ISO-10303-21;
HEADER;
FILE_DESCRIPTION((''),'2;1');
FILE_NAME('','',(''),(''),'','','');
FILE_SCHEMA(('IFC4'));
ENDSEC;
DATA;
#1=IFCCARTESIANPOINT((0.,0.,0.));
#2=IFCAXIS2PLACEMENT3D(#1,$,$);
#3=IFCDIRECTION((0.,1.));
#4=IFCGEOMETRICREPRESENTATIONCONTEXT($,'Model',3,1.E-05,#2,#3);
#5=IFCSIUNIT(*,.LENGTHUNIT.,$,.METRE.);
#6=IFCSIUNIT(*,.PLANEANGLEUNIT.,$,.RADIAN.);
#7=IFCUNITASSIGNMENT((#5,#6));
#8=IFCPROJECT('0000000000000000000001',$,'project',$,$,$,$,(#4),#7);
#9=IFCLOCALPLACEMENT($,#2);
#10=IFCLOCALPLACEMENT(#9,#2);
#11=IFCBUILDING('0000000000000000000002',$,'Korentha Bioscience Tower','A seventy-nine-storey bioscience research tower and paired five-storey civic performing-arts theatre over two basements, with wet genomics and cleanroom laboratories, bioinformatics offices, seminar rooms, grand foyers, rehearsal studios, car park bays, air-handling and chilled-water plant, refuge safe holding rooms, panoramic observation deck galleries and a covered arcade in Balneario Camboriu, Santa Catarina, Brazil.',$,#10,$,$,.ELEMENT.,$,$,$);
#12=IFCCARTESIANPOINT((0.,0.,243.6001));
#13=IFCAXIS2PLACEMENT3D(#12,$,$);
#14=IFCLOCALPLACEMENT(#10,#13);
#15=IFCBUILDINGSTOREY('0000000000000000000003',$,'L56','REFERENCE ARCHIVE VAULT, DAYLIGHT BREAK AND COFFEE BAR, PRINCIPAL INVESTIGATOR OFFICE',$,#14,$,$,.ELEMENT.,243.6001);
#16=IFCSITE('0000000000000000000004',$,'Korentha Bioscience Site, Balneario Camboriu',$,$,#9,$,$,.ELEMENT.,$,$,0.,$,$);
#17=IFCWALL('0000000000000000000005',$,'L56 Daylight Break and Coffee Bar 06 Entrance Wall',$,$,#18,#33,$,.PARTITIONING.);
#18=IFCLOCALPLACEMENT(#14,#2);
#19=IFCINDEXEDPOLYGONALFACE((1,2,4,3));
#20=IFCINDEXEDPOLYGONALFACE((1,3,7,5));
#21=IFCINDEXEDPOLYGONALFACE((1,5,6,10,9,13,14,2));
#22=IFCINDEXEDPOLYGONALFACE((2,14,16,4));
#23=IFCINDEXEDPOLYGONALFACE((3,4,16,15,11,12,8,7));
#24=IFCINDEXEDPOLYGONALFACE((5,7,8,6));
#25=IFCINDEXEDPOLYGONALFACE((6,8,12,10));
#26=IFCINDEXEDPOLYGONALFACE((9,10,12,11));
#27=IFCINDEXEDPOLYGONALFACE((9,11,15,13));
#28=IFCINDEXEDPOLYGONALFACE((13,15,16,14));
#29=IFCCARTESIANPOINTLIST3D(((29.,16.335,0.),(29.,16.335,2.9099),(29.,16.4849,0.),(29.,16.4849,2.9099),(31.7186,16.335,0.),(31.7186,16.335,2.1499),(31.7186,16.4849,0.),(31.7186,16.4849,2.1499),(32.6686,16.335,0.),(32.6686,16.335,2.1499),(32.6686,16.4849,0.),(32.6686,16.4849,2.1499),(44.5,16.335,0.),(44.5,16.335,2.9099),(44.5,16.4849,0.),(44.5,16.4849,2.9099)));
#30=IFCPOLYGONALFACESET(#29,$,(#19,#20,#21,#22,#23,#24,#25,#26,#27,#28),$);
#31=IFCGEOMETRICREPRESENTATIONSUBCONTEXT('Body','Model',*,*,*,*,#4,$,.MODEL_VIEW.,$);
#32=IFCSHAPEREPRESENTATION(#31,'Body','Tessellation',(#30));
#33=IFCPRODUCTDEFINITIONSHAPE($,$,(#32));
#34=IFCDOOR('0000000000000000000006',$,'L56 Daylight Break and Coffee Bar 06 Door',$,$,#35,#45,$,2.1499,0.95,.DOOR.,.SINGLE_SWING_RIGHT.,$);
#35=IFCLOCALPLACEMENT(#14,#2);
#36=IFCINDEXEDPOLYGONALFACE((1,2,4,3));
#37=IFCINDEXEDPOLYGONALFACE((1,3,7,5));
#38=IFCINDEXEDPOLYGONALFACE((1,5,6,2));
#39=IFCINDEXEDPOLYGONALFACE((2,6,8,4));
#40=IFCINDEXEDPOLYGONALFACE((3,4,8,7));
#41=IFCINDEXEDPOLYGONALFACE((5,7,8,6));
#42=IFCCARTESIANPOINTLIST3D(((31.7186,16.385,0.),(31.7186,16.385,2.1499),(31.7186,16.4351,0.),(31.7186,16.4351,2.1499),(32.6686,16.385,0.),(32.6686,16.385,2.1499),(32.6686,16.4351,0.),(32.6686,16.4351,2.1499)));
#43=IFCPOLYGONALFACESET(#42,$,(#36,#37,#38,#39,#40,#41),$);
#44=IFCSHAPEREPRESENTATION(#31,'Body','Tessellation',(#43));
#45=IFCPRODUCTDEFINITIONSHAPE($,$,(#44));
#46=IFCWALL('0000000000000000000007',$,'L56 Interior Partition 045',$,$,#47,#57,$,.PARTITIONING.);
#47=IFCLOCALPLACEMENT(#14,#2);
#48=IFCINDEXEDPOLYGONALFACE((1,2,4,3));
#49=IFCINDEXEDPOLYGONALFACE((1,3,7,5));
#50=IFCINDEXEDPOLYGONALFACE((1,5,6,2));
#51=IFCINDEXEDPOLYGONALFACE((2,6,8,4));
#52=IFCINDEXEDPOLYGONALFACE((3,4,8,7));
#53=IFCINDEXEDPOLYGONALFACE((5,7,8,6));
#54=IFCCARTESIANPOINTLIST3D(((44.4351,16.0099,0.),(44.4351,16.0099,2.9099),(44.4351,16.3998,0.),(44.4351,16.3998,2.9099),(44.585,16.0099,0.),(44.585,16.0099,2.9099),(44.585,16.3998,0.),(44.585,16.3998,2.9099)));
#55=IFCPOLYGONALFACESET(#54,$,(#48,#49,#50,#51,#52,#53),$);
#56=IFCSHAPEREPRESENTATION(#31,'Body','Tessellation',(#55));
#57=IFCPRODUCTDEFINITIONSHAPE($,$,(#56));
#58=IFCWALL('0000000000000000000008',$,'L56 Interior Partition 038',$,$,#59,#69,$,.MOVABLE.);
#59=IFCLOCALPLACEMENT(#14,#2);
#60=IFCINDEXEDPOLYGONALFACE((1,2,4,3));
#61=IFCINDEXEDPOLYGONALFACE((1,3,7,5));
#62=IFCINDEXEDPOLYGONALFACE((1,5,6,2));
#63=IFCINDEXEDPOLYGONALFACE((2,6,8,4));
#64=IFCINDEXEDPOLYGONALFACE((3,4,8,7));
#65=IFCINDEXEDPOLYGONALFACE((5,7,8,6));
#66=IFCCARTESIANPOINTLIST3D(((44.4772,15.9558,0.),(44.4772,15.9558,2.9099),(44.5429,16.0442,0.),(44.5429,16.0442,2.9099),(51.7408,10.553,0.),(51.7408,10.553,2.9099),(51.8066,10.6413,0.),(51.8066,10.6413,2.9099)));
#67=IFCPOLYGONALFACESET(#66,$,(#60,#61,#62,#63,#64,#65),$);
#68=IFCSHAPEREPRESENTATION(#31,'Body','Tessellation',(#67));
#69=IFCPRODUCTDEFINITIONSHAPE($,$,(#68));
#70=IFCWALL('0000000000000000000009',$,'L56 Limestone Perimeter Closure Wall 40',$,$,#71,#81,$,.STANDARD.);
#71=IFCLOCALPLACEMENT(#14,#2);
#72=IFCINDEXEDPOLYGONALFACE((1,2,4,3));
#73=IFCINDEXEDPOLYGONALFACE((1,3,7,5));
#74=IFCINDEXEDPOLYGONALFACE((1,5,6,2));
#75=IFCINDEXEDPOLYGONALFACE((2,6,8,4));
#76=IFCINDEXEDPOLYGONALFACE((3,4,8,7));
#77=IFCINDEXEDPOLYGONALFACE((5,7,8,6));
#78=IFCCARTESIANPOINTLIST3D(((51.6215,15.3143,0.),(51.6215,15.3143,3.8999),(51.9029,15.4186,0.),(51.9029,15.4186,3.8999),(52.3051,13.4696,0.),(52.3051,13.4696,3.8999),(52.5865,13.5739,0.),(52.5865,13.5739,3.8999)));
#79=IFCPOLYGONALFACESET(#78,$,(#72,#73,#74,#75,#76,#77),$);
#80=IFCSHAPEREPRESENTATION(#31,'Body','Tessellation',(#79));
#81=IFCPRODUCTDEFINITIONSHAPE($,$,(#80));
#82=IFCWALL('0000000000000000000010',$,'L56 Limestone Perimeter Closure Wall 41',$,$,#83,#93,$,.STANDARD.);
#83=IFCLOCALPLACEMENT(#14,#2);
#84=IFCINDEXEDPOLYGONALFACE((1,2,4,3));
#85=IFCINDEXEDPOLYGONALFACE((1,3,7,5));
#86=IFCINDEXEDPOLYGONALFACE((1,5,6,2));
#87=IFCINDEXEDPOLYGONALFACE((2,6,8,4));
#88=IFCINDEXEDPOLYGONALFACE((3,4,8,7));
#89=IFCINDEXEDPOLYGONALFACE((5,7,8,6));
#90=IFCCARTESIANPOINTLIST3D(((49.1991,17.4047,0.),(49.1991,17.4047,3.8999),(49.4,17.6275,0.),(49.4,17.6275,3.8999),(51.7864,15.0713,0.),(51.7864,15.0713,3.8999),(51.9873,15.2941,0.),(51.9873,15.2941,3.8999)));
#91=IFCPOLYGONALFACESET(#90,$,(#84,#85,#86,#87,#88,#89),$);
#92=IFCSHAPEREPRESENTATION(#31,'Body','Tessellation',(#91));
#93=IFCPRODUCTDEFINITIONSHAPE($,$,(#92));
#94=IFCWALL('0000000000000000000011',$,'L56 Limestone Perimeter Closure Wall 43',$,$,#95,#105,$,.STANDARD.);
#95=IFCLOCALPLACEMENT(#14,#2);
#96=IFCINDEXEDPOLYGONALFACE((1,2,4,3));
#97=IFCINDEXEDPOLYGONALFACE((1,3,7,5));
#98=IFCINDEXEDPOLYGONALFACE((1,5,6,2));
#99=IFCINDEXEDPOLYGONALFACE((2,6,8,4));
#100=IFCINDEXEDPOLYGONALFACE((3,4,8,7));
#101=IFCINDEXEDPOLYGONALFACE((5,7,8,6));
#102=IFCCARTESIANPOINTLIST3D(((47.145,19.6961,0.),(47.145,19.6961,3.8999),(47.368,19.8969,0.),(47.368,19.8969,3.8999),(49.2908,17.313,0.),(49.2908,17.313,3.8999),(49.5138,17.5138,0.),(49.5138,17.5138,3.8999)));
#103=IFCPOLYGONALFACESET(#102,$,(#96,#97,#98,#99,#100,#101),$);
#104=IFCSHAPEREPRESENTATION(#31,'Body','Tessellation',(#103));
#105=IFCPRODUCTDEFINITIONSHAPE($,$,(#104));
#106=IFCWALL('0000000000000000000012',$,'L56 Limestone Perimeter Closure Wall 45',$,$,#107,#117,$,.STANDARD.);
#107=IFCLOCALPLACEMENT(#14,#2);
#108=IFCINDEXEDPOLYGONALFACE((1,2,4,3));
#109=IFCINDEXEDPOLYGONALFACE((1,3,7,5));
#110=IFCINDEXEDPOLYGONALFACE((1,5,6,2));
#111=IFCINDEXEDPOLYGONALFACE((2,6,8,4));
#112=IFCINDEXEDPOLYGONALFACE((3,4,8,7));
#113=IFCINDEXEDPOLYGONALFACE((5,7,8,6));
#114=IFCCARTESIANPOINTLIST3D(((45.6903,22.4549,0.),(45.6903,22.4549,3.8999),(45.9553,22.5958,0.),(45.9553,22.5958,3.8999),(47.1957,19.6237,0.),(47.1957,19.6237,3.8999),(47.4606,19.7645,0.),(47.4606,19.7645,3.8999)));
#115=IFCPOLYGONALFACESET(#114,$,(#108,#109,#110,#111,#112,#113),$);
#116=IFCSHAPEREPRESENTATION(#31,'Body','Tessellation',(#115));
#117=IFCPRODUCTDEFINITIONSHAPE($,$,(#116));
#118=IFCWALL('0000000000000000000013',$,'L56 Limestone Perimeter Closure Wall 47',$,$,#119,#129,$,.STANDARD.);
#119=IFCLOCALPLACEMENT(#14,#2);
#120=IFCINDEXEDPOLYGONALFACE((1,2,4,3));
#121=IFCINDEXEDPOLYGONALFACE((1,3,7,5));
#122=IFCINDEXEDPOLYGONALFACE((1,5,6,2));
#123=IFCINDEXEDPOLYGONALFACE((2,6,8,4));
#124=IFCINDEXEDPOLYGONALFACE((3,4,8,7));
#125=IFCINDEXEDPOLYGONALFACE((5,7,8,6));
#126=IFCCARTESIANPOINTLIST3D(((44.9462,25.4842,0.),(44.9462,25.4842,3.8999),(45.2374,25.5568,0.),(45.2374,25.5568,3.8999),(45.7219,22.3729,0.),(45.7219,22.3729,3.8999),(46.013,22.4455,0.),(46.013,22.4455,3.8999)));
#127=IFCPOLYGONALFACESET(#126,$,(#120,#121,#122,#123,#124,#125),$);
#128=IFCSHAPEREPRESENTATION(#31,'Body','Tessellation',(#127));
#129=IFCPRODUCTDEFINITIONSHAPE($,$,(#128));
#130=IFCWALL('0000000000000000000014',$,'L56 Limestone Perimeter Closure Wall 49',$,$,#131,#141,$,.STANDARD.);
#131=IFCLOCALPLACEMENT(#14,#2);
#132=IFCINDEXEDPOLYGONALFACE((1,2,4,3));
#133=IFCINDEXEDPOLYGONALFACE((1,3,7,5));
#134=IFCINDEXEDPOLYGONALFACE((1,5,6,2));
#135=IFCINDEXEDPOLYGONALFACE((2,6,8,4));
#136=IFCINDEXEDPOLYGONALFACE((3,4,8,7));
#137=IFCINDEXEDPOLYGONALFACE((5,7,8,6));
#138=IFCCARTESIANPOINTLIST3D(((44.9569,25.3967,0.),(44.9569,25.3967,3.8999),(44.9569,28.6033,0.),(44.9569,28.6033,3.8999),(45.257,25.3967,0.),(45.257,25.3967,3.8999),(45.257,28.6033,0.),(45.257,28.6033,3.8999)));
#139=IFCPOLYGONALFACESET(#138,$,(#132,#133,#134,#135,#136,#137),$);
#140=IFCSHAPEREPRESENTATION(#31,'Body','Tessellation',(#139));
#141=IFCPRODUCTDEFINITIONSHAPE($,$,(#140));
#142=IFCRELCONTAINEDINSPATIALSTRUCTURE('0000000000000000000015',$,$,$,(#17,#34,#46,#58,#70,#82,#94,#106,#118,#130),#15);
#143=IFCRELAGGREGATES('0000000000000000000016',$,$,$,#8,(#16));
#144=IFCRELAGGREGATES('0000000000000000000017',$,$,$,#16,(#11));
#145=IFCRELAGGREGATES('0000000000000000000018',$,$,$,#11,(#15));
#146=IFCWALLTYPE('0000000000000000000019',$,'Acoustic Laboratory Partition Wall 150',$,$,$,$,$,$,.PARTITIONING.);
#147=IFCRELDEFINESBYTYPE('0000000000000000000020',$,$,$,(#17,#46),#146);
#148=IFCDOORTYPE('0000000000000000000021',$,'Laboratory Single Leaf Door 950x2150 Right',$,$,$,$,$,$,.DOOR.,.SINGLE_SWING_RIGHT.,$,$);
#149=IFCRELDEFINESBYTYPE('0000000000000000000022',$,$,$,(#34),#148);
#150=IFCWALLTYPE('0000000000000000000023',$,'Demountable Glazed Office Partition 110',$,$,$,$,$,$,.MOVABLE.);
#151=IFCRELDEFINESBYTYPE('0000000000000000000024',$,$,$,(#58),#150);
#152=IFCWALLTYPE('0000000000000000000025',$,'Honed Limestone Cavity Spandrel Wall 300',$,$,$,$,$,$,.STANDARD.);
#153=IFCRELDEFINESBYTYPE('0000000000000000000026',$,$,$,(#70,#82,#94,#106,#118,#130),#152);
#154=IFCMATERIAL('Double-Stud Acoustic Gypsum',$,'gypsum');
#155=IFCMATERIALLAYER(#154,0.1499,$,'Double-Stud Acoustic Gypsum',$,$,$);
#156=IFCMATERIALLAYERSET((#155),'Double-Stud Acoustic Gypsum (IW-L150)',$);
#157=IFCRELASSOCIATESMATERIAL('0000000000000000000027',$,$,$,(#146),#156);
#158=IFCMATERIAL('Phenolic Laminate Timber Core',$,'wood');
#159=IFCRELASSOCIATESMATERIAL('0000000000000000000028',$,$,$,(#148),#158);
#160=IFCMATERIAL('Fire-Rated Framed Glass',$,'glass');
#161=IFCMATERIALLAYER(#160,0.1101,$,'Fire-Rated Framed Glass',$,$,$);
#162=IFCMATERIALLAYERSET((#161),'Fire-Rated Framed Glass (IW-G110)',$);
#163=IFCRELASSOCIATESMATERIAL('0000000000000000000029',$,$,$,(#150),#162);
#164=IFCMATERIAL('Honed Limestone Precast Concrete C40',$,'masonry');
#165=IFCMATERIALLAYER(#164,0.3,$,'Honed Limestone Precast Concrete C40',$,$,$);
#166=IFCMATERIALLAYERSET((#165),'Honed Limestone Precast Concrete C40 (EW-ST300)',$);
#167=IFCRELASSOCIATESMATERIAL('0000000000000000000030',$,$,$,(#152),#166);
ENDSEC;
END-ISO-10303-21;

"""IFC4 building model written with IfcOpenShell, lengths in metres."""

from ifc_helpers import new_model, si_unit, direction, frame, frame_2d, origin, place, context, subcontext, project, spatial, rectangle, extrude, material, layer, layer_set, type_object, element, fill, save


model = new_model("IFC4")

# Units and contexts
model_context = context("Model", 3, precision=1e-05, world=origin(), true_north=direction((0.0, 1.0)))
body_context = subcontext(model_context, "Body", "Model", "MODEL_VIEW")
ifc_project = project(units=[si_unit("LENGTHUNIT", "METRE"), si_unit("PLANEANGLEUNIT", "RADIAN")], contexts=[model_context])

# Site, building, storey
site_placement = place(None, origin())
site = spatial("IfcSite", under=ifc_project, at=site_placement, Name="Korentha Bioscience Site, Balneario Camboriu", CompositionType="ELEMENT", RefElevation=0.0)
building_placement = place(site_placement, origin())
building = spatial("IfcBuilding", under=site, at=building_placement, Name="Korentha Bioscience Tower", Description="A seventy-nine-storey bioscience research tower and paired five-storey civic performing-arts theatre over two basements, with wet genomics and cleanroom laboratories, bioinformatics offices, seminar rooms, grand foyers, rehearsal studios, car park bays, air-handling and chilled-water plant, refuge safe holding rooms, panoramic observation deck galleries and a covered arcade in Balneario Camboriu, Santa Catarina, Brazil.", CompositionType="ELEMENT")
storey_placement = place(building_placement, frame((0.0, 0.0, 243.6001)))
storey = spatial("IfcBuildingStorey", under=building, at=storey_placement, Name="L56", Description="REFERENCE ARCHIVE VAULT, DAYLIGHT BREAK AND COFFEE BAR, PRINCIPAL INVESTIGATOR OFFICE", CompositionType="ELEMENT", Elevation=243.6001)

# Wall, opening, door
ifc_material_1 = material(Name="Double-Stud Acoustic Gypsum", Category="gypsum")
ifc_layer_1 = layer(ifc_material_1, 0.1499, Name="Double-Stud Acoustic Gypsum")
ifc_layer_set_1 = layer_set([ifc_layer_1], Name="Double-Stud Acoustic Gypsum (IW-L150)")
wall_type_1 = type_object("IfcWallType", Name="Acoustic Laboratory Partition Wall 150", PredefinedType="PARTITIONING", material=ifc_layer_set_1)
wall_1_placement = place(storey_placement, frame((44.5, 16.4099, 0.0), z_axis=(0.0, 0.0, 1.0), x_axis=(-1.0, 0.0, 0.0)))
wall_1 = element("IfcWall", 1, at=wall_1_placement, inside=storey, type_object=wall_type_1, Name="L56 Daylight Break and Coffee Bar 06 Entrance Wall", PredefinedType="PARTITIONING", context=body_context, shape_type="SweptSolid", body=[
    extrude(rectangle(XDim=15.5, YDim=0.1499, at=frame_2d((7.75, 0.0))), origin(), (0.0, 0.0, 1.0), 2.9099),
])
opening_placement = place(wall_1_placement, frame((11.8313, 0.0, 0.0)))
opening = element("IfcOpeningElement", 2, at=opening_placement, cuts=wall_1, PredefinedType="OPENING", context=body_context, shape_type="SweptSolid", body=[
    extrude(rectangle(XDim=0.95, YDim=2.1499, at=frame_2d((0.4751, 1.075))), frame((0.0, 0.0898, 0.0), z_axis=(0.0, -1.0, 0.0), x_axis=(1.0, 0.0, 0.0)), (0.0, 0.0, 1.0), 0.1797),
])
ifc_material_2 = material(Name="Phenolic Laminate Timber Core", Category="wood")
door_type = type_object("IfcDoorType", Name="Laboratory Single Leaf Door 950x2150 Right", OperationType="SINGLE_SWING_RIGHT", PredefinedType="DOOR", material=ifc_material_2)
door_placement = place(opening_placement, origin())
door = element("IfcDoor", 3, at=door_placement, inside=storey, type_object=door_type, Name="L56 Daylight Break and Coffee Bar 06 Door", OperationType="SINGLE_SWING_RIGHT", OverallHeight=2.1499, OverallWidth=0.95, PredefinedType="DOOR", context=body_context, shape_type="SweptSolid", body=[
    extrude(rectangle(XDim=0.95, YDim=2.1499, at=frame_2d((0.4751, 1.075))), frame((0.0, 0.0249, 0.0), z_axis=(0.0, -1.0, 0.0), x_axis=(1.0, 0.0, 0.0)), (0.0, 0.0, 1.0), 0.05),
])
fill(opening, door)

# Walls
wall_2_placement = place(storey_placement, frame((44.51, 16.01, 0.0), z_axis=(0.0, 0.0, 1.0), x_axis=(0.0, 1.0, 0.0)))
element("IfcWall", 4, at=wall_2_placement, inside=storey, type_object=wall_type_1, Name="L56 Interior Partition 045", PredefinedType="PARTITIONING", context=body_context, shape_type="SweptSolid", body=[
    extrude(rectangle(XDim=0.3899, YDim=0.1499, at=frame_2d((0.1948, 0.0))), origin(), (0.0, 0.0, 1.0), 2.9099),
])
ifc_material_3 = material(Name="Fire-Rated Framed Glass", Category="glass")
ifc_layer_2 = layer(ifc_material_3, 0.1101, Name="Fire-Rated Framed Glass")
ifc_layer_set_2 = layer_set([ifc_layer_2], Name="Fire-Rated Framed Glass (IW-G110)")
wall_type_2 = type_object("IfcWallType", Name="Demountable Glazed Office Partition 110", PredefinedType="MOVABLE", material=ifc_layer_set_2)
wall_3_placement = place(storey_placement, frame((44.51, 16.0, 0.0), z_axis=(0.0, 0.0, 1.0), x_axis=(0.802376, -0.596819, 0.0)))
element("IfcWall", 5, at=wall_3_placement, inside=storey, type_object=wall_type_2, Name="L56 Interior Partition 038", PredefinedType="MOVABLE", context=body_context, shape_type="SweptSolid", body=[
    extrude(rectangle(XDim=9.0527, YDim=0.1101, at=frame_2d((4.5264, 0.0))), origin(), (0.0, 0.0, 1.0), 2.9099),
])
ifc_material_4 = material(Name="Honed Limestone Precast Concrete C40", Category="masonry")
ifc_layer_3 = layer(ifc_material_4, 0.3, Name="Honed Limestone Precast Concrete C40")
ifc_layer_set_3 = layer_set([ifc_layer_3], Name="Honed Limestone Precast Concrete C40 (EW-ST300)")
wall_type_3 = type_object("IfcWallType", Name="Honed Limestone Cavity Spandrel Wall 300", PredefinedType="STANDARD", material=ifc_layer_set_3)
wall_4_placement = place(storey_placement, frame((52.4458, 13.5217, 0.0), z_axis=(0.0, 0.0, 1.0), x_axis=(-0.347476, 0.937689, 0.0)))
element("IfcWall", 6, at=wall_4_placement, inside=storey, type_object=wall_type_3, Name="L56 Limestone Perimeter Closure Wall 40", PredefinedType="STANDARD", context=body_context, shape_type="SweptSolid", body=[
    extrude(rectangle(XDim=1.9673, YDim=0.3, at=frame_2d((0.9836, 0.0))), origin(), (0.0, 0.0, 1.0), 3.8999),
])
wall_5_placement = place(storey_placement, frame((51.887, 15.1826, 0.0), z_axis=(0.0, 0.0, 1.0), x_axis=(-0.742604, 0.669731, 0.0)))
element("IfcWall", 7, at=wall_5_placement, inside=storey, type_object=wall_type_3, Name="L56 Limestone Perimeter Closure Wall 41", PredefinedType="STANDARD", context=body_context, shape_type="SweptSolid", body=[
    extrude(rectangle(XDim=3.4841, YDim=0.3, at=frame_2d((1.7422, 0.0))), origin(), (0.0, 0.0, 1.0), 3.8999),
])
wall_6_placement = place(storey_placement, frame((49.4023, 17.4133, 0.0), z_axis=(0.0, 0.0, 1.0), x_axis=(-0.669137, 0.743139, 0.0)))
element("IfcWall", 8, at=wall_6_placement, inside=storey, type_object=wall_type_3, Name="L56 Limestone Perimeter Closure Wall 43", PredefinedType="STANDARD", context=body_context, shape_type="SweptSolid", body=[
    extrude(rectangle(XDim=3.2068, YDim=0.3, at=frame_2d((1.6035, 0.0))), origin(), (0.0, 0.0, 1.0), 3.8999),
])
for number, where, z_axis, x_axis, name in (
    (9, (47.3281, 19.6941, 0.0), (0.0, 0.0, 1.0), (-0.469458, 0.882955, 0.0), "L56 Limestone Perimeter Closure Wall 45"),
    (10, (45.8674, 22.4092, 0.0), (0.0, 0.0, 1.0), (-0.241891, 0.970304, 0.0), "L56 Limestone Perimeter Closure Wall 47"),
    (11, (45.1069, 25.3967, 0.0), (0.0, 0.0, 1.0), (0.0, 1.0, 0.0), "L56 Limestone Perimeter Closure Wall 49"),
):
    element("IfcWall", number, at=place(storey_placement, frame(where, z_axis=z_axis, x_axis=x_axis)), inside=storey, type_object=wall_type_3, Name=name, PredefinedType="STANDARD", context=body_context, shape_type="SweptSolid", body=[
        extrude(rectangle(XDim=3.2065, YDim=0.3, at=frame_2d((1.6033, 0.0))), origin(), (0.0, 0.0, 1.0), 3.8999),
    ])

save(model, "model.ifc")
